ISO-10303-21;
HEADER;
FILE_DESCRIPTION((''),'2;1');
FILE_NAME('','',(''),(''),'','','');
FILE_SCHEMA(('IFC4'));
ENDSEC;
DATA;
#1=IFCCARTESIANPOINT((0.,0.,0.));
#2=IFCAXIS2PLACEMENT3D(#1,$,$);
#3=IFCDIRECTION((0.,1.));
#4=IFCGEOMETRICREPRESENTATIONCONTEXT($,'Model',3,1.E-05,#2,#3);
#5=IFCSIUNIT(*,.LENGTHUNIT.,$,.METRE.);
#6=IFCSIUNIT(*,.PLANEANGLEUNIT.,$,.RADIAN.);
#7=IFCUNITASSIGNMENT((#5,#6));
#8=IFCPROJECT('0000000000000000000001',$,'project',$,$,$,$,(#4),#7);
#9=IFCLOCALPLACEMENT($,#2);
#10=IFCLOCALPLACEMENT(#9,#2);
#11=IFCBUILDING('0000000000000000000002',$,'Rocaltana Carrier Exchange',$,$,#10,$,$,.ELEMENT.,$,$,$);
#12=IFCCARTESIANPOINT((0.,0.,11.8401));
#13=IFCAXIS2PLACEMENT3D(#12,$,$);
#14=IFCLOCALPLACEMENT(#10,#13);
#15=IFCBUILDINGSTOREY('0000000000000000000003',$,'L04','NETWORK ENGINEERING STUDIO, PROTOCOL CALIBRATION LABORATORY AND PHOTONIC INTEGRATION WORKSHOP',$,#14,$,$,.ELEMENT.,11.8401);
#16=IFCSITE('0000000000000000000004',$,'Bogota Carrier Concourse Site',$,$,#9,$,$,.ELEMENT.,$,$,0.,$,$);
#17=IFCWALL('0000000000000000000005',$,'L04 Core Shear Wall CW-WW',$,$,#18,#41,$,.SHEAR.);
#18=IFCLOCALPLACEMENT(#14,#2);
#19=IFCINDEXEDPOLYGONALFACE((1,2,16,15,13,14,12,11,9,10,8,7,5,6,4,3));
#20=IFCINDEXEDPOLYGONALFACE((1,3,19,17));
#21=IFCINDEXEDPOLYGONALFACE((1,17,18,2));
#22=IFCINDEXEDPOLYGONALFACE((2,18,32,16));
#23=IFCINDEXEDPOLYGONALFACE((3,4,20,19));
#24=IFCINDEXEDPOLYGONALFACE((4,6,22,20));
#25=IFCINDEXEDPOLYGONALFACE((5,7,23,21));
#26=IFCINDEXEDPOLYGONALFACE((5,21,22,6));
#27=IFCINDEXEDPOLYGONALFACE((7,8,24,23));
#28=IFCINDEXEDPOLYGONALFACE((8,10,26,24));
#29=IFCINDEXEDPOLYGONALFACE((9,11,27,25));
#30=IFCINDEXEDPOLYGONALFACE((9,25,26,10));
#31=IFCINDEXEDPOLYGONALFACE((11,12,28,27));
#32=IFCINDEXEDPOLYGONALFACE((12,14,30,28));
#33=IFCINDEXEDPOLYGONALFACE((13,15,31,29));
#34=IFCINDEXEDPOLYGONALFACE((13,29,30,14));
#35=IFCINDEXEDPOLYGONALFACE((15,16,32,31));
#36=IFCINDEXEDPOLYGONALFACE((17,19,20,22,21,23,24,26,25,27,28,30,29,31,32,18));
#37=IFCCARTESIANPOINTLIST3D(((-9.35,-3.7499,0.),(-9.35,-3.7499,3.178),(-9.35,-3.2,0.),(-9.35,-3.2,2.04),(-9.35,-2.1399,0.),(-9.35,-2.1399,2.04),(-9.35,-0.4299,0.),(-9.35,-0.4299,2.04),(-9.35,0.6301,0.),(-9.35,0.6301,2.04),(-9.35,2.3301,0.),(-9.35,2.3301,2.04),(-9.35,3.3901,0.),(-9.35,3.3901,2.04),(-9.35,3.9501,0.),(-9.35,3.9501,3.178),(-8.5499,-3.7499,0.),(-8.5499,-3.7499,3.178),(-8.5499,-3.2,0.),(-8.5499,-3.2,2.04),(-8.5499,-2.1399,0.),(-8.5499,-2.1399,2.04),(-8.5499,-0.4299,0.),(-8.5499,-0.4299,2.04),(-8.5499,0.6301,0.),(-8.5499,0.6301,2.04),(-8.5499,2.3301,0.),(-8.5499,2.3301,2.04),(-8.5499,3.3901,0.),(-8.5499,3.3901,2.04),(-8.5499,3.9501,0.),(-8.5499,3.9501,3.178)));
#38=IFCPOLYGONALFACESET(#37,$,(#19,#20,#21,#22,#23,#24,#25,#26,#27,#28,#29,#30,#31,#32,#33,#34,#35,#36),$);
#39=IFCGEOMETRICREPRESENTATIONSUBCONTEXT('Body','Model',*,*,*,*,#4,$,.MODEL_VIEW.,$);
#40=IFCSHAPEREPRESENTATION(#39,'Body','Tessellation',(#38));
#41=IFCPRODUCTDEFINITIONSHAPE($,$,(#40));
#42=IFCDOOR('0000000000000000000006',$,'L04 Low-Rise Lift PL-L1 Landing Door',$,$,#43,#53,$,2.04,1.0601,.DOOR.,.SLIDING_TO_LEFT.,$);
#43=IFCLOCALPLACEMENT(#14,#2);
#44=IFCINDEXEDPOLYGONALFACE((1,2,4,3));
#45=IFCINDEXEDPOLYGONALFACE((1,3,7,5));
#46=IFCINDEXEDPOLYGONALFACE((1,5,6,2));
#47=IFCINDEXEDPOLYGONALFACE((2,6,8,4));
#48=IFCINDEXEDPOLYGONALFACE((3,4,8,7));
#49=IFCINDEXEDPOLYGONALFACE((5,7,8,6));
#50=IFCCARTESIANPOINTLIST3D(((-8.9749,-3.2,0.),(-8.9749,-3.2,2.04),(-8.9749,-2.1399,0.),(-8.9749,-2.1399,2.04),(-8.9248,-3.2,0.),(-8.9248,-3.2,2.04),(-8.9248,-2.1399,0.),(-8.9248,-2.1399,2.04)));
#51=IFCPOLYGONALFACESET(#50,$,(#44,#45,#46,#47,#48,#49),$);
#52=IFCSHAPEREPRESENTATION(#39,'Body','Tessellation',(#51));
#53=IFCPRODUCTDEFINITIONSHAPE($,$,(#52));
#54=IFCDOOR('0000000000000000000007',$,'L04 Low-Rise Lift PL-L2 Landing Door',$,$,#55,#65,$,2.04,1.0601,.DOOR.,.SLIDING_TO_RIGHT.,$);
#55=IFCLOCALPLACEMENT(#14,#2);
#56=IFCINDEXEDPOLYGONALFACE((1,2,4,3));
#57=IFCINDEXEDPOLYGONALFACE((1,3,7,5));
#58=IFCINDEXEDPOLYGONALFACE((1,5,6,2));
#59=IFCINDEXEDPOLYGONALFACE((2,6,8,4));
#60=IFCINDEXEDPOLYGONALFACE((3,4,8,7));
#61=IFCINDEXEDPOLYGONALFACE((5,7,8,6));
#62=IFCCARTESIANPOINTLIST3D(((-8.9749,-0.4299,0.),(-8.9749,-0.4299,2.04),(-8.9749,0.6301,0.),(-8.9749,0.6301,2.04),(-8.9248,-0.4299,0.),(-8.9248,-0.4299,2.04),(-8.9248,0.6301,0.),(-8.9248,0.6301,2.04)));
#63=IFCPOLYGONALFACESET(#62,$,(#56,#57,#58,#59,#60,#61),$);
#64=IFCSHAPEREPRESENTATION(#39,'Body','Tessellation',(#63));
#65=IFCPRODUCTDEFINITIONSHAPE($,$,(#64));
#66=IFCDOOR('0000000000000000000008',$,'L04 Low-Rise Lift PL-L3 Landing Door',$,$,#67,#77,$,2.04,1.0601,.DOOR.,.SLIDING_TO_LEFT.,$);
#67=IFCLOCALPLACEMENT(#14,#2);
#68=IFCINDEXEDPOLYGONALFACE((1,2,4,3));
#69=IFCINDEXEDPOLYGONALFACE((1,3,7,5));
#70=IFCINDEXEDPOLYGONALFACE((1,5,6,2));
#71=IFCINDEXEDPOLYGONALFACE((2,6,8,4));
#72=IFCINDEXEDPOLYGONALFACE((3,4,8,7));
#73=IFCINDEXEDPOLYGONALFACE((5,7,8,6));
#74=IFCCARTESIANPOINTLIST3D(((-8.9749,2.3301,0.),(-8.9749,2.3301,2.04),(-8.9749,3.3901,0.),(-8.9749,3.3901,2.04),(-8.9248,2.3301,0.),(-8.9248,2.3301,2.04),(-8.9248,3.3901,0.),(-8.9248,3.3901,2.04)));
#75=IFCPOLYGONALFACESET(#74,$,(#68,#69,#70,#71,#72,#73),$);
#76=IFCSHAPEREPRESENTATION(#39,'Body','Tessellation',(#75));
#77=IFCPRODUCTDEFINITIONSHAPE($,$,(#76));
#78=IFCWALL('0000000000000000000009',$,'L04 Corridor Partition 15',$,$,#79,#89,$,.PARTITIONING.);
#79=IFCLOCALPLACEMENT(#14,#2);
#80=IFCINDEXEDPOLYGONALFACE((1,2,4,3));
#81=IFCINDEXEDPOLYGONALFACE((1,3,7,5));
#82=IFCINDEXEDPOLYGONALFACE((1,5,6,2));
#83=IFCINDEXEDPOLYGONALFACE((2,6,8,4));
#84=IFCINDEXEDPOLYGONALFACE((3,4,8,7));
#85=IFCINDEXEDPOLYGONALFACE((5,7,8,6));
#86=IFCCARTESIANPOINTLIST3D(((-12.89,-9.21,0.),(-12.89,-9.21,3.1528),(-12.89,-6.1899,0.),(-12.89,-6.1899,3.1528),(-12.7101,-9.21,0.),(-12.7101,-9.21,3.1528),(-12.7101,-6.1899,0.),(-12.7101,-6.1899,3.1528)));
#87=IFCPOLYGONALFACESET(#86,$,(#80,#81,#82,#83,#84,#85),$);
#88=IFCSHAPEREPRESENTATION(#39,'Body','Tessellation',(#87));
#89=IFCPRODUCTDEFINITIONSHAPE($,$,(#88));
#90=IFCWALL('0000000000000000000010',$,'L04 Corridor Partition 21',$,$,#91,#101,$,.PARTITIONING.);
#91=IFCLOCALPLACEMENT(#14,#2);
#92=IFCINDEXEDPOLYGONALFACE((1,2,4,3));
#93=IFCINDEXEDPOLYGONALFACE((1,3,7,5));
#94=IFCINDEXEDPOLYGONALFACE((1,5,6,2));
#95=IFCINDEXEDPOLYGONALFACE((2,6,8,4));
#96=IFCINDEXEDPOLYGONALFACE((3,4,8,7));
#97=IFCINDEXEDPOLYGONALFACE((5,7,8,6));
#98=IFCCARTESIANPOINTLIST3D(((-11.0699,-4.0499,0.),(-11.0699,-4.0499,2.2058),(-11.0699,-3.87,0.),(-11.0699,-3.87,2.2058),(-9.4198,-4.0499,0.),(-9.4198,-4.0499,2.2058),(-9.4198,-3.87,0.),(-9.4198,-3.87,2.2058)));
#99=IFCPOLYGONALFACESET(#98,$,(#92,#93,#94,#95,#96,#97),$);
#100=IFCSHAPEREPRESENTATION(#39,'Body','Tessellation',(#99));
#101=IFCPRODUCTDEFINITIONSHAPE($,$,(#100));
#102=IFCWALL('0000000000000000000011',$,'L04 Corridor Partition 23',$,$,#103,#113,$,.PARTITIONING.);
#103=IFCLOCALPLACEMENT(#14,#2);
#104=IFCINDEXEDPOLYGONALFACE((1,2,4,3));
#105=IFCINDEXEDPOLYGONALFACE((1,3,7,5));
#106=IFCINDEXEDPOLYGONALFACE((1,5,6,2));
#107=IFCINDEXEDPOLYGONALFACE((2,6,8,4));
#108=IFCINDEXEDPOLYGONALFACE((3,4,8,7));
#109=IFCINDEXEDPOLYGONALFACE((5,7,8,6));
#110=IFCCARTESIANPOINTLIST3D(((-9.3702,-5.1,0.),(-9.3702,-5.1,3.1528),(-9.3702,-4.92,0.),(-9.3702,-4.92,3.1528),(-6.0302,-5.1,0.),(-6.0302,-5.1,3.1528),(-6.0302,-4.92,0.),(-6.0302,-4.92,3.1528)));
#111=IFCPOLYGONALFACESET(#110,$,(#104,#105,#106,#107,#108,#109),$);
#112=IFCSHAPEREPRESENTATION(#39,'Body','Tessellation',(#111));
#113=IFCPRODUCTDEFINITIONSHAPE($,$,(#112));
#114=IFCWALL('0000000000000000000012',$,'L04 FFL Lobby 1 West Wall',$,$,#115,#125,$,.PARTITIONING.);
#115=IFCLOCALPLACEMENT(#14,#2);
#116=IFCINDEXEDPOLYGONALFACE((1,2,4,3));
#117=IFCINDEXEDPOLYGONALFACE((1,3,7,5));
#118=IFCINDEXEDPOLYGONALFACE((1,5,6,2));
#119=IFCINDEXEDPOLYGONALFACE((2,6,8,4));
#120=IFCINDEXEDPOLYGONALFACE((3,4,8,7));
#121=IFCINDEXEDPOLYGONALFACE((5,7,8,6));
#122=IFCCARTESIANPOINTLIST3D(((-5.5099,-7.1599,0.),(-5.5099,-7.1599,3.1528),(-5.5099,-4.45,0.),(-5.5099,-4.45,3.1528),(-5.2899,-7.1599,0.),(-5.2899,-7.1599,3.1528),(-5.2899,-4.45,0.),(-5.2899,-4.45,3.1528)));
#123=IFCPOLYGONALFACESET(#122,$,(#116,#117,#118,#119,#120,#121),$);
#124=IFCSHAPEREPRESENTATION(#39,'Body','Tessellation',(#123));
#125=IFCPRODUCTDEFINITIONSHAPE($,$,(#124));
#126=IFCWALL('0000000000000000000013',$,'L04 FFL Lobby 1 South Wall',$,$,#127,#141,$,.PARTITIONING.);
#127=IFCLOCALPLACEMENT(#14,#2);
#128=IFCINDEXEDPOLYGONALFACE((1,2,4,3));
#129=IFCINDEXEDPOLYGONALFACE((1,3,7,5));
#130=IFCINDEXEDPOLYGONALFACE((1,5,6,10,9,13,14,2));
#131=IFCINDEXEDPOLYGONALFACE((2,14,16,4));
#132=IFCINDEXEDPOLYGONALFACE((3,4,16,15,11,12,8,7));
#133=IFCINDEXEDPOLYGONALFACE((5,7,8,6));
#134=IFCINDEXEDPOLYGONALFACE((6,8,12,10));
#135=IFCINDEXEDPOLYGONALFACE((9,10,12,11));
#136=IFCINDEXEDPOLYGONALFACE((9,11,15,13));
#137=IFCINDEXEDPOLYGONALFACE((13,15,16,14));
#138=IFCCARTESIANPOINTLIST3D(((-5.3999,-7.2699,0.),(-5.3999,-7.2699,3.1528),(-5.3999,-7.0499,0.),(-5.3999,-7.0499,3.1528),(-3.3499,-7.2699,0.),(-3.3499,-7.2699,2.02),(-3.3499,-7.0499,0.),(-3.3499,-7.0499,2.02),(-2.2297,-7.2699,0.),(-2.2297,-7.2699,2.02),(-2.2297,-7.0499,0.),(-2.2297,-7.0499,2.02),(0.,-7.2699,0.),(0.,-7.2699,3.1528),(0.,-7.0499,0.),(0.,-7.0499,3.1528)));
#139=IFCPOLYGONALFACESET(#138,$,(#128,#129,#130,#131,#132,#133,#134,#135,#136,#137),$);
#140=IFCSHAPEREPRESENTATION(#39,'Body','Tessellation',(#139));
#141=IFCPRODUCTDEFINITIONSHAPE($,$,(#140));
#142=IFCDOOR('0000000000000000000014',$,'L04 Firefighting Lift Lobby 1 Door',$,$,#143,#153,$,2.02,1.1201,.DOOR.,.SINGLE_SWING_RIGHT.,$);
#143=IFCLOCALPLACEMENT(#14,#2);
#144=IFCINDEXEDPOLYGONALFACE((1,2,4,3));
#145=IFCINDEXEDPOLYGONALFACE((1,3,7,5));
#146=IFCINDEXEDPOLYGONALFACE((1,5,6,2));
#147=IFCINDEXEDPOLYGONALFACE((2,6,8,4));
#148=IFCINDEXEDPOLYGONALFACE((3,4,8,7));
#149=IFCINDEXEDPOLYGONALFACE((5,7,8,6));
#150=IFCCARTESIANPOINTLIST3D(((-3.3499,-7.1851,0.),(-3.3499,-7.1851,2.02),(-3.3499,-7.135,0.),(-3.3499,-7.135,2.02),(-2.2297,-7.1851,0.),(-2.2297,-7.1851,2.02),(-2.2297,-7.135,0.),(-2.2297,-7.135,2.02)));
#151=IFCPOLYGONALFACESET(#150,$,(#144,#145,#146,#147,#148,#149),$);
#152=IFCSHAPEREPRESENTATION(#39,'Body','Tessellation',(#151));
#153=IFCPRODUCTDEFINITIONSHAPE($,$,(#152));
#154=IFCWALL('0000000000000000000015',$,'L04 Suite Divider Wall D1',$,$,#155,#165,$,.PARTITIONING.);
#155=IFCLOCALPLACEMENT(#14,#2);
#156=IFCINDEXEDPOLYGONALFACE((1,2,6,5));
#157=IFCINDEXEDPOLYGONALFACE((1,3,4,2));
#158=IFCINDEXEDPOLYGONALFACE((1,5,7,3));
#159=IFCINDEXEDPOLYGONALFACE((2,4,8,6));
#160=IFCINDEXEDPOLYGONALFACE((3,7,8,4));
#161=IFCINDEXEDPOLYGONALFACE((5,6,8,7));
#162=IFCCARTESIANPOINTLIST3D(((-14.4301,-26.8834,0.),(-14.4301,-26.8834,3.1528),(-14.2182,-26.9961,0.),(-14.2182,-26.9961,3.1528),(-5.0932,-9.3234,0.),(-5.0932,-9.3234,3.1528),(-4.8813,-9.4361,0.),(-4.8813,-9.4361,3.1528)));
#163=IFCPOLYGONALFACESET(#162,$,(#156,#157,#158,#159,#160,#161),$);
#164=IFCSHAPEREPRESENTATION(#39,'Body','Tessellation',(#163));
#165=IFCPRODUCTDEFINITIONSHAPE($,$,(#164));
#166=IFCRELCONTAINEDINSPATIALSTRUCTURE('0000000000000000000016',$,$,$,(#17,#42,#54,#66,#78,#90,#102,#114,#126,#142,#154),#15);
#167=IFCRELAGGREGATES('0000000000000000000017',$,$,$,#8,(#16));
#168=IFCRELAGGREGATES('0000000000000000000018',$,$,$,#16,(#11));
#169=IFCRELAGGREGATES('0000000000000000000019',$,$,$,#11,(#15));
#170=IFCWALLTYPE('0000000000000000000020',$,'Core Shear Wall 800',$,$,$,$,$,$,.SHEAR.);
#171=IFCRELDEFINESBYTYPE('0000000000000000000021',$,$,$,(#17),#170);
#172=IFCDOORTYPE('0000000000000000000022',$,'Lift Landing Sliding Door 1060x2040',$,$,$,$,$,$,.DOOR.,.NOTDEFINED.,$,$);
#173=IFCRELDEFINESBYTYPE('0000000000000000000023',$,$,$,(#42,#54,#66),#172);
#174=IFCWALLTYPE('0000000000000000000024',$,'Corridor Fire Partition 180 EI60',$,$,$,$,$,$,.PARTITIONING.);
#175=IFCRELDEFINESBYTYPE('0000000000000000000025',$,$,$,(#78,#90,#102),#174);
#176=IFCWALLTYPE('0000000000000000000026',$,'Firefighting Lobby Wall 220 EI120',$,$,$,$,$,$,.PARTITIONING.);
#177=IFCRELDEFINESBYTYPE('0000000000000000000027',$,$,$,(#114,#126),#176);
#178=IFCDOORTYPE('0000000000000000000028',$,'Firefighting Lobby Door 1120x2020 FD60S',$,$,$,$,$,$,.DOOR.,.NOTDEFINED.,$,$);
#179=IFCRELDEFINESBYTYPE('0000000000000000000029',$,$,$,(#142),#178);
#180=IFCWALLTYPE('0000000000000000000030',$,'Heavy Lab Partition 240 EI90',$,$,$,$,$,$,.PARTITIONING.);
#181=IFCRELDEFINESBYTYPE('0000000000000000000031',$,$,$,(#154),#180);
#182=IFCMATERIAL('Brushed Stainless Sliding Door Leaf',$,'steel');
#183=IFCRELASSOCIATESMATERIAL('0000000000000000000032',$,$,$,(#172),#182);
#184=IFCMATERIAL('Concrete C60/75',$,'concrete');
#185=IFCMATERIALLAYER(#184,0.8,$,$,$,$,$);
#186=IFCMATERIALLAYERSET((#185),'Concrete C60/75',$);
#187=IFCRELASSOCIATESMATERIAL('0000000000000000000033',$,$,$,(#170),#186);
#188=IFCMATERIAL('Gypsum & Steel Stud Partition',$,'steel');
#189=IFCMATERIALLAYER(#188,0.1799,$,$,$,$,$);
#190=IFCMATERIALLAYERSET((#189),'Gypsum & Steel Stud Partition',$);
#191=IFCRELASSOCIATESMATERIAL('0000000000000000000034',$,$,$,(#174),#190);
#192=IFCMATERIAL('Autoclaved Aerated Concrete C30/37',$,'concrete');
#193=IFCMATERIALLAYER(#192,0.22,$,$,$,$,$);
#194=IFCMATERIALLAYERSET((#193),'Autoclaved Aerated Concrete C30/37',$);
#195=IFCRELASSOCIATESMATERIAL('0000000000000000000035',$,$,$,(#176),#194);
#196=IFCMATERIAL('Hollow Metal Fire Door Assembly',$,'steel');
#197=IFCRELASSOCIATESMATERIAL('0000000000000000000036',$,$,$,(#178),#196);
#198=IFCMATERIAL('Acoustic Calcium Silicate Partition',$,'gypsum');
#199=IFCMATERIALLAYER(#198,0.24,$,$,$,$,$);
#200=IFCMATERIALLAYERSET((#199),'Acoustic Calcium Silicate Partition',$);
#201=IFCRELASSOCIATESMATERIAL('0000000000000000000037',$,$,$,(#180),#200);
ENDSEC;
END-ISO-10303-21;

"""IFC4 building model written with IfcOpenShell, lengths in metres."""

from ifc_helpers import new_model, si_unit, direction, frame, frame_2d, origin, place, context, subcontext, project, spatial, rectangle, extrude, material, layer, layer_set, type_object, element, fill, save


model = new_model("IFC4")

# Units and contexts
model_context = context("Model", 3, precision=1e-05, world=origin(), true_north=direction((0.0, 1.0)))
body_context = subcontext(model_context, "Body", "Model", "MODEL_VIEW")
ifc_project = project(units=[si_unit("LENGTHUNIT", "METRE"), si_unit("PLANEANGLEUNIT", "RADIAN")], contexts=[model_context])

# Site, building, storey
site_placement = place(None, origin())
site = spatial("IfcSite", under=ifc_project, at=site_placement, Name="Bogota Carrier Concourse Site", CompositionType="ELEMENT", RefElevation=0.0)
building_placement = place(site_placement, origin())
building = spatial("IfcBuilding", under=site, at=building_placement, Name="Rocaltana Carrier Exchange", CompositionType="ELEMENT")
storey_placement = place(building_placement, frame((0.0, 0.0, 11.8401)))
storey = spatial("IfcBuildingStorey", under=building, at=storey_placement, Name="L04", Description="NETWORK ENGINEERING STUDIO, PROTOCOL CALIBRATION LABORATORY AND PHOTONIC INTEGRATION WORKSHOP", CompositionType="ELEMENT", Elevation=11.8401)

# Shared definitions
ifc_material_1 = material(Name="Brushed Stainless Sliding Door Leaf", Category="steel")
door_type_1 = type_object("IfcDoorType", Name="Lift Landing Sliding Door 1060x2040", OperationType="NOTDEFINED", PredefinedType="DOOR", material=ifc_material_1)

# Shared definitions
ifc_material_2 = material(Name="Concrete C60/75", Category="concrete")
ifc_layer_1 = layer(ifc_material_2, 0.8)
ifc_layer_set_1 = layer_set([ifc_layer_1], Name="Concrete C60/75")
wall_type_1 = type_object("IfcWallType", Name="Core Shear Wall 800", PredefinedType="SHEAR", material=ifc_layer_set_1)

# Wall, openings, doors
wall_1_placement = place(storey_placement, frame((-8.95, -3.75, 0.0), z_axis=(0.0, 0.0, 1.0), x_axis=(0.0, 1.0, 0.0)))
wall_1 = element("IfcWall", 1, at=wall_1_placement, inside=storey, type_object=wall_type_1, Name="L04 Core Shear Wall CW-WW", PredefinedType="SHEAR", context=body_context, shape_type="SweptSolid", body=[
    extrude(rectangle(XDim=7.7, YDim=0.8, at=frame_2d((3.8501, 0.0))), origin(), (0.0, 0.0, 1.0), 3.178),
])
opening_1_placement = place(wall_1_placement, frame((0.55, 0.0, 0.0)))
opening_1 = element("IfcOpeningElement", 2, at=opening_1_placement, cuts=wall_1, PredefinedType="OPENING", context=body_context, shape_type="SweptSolid", body=[
    extrude(rectangle(XDim=1.0601, YDim=2.04, at=frame_2d((0.53, 1.02))), frame((0.0, 0.4099, 0.0), z_axis=(0.0, -1.0, 0.0), x_axis=(1.0, 0.0, 0.0)), (0.0, 0.0, 1.0), 0.8201),
])
opening_2_placement = place(wall_1_placement, frame((3.3201, 0.0, 0.0)))
opening_2 = element("IfcOpeningElement", 3, at=opening_2_placement, cuts=wall_1, PredefinedType="OPENING", context=body_context, shape_type="SweptSolid", body=[
    extrude(rectangle(XDim=1.0601, YDim=2.04, at=frame_2d((0.53, 1.02))), frame((0.0, 0.4099, 0.0), z_axis=(0.0, -1.0, 0.0), x_axis=(1.0, 0.0, 0.0)), (0.0, 0.0, 1.0), 0.8201),
])
opening_3_placement = place(wall_1_placement, frame((6.0801, 0.0, 0.0)))
opening_3 = element("IfcOpeningElement", 4, at=opening_3_placement, cuts=wall_1, PredefinedType="OPENING", context=body_context, shape_type="SweptSolid", body=[
    extrude(rectangle(XDim=1.0601, YDim=2.04, at=frame_2d((0.53, 1.02))), frame((0.0, 0.4099, 0.0), z_axis=(0.0, -1.0, 0.0), x_axis=(1.0, 0.0, 0.0)), (0.0, 0.0, 1.0), 0.8201),
])
door_1_placement = place(opening_1_placement, origin())
door_1 = element("IfcDoor", 5, at=door_1_placement, inside=storey, type_object=door_type_1, Name="L04 Low-Rise Lift PL-L1 Landing Door", OperationType="SLIDING_TO_LEFT", OverallHeight=2.04, OverallWidth=1.0601, PredefinedType="DOOR", context=body_context, shape_type="SweptSolid", body=[
    extrude(rectangle(XDim=1.0601, YDim=2.04, at=frame_2d((0.53, 1.02))), frame((0.0, 0.0249, 0.0), z_axis=(0.0, -1.0, 0.0), x_axis=(1.0, 0.0, 0.0)), (0.0, 0.0, 1.0), 0.05),
])
fill(opening_1, door_1)
door_2_placement = place(opening_2_placement, origin())
door_2 = element("IfcDoor", 6, at=door_2_placement, inside=storey, type_object=door_type_1, Name="L04 Low-Rise Lift PL-L2 Landing Door", OperationType="SLIDING_TO_RIGHT", OverallHeight=2.04, OverallWidth=1.0601, PredefinedType="DOOR", context=body_context, shape_type="SweptSolid", body=[
    extrude(rectangle(XDim=1.0601, YDim=2.04, at=frame_2d((0.53, 1.02))), frame((0.0, 0.0249, 0.0), z_axis=(0.0, -1.0, 0.0), x_axis=(1.0, 0.0, 0.0)), (0.0, 0.0, 1.0), 0.05),
])
fill(opening_2, door_2)
door_3_placement = place(opening_3_placement, origin())
door_3 = element("IfcDoor", 7, at=door_3_placement, inside=storey, type_object=door_type_1, Name="L04 Low-Rise Lift PL-L3 Landing Door", OperationType="SLIDING_TO_LEFT", OverallHeight=2.04, OverallWidth=1.0601, PredefinedType="DOOR", context=body_context, shape_type="SweptSolid", body=[
    extrude(rectangle(XDim=1.0601, YDim=2.04, at=frame_2d((0.53, 1.02))), frame((0.0, 0.0249, 0.0), z_axis=(0.0, -1.0, 0.0), x_axis=(1.0, 0.0, 0.0)), (0.0, 0.0, 1.0), 0.05),
])
fill(opening_3, door_3)

# Walls
ifc_material_3 = material(Name="Gypsum & Steel Stud Partition", Category="steel")
ifc_layer_2 = layer(ifc_material_3, 0.1799)
ifc_layer_set_2 = layer_set([ifc_layer_2], Name="Gypsum & Steel Stud Partition")
wall_type_2 = type_object("IfcWallType", Name="Corridor Fire Partition 180 EI60", PredefinedType="PARTITIONING", material=ifc_layer_set_2)
wall_2_placement = place(storey_placement, frame((-12.8, -9.21, 0.0), z_axis=(0.0, 0.0, 1.0), x_axis=(0.0, 1.0, 0.0)))
element("IfcWall", 8, at=wall_2_placement, inside=storey, type_object=wall_type_2, Name="L04 Corridor Partition 15", PredefinedType="PARTITIONING", context=body_context, shape_type="SweptSolid", body=[
    extrude(rectangle(XDim=3.02, YDim=0.1799, at=frame_2d((1.51, 0.0))), origin(), (0.0, 0.0, 1.0), 3.1528),
])
wall_3_placement = place(storey_placement, frame((-11.0701, -3.96, 0.0), z_axis=(0.0, 0.0, 1.0), x_axis=(1.0, 0.0, 0.0)))
element("IfcWall", 9, at=wall_3_placement, inside=storey, type_object=wall_type_2, Name="L04 Corridor Partition 21", PredefinedType="PARTITIONING", context=body_context, shape_type="SweptSolid", body=[
    extrude(rectangle(XDim=1.6501, YDim=0.1799, at=frame_2d((0.8252, 0.0))), origin(), (0.0, 0.0, 1.0), 2.2058),
])
wall_4_placement = place(storey_placement, frame((-9.3701, -5.01, 0.0), z_axis=(0.0, 0.0, 1.0), x_axis=(1.0, 0.0, 0.0)))
element("IfcWall", 10, at=wall_4_placement, inside=storey, type_object=wall_type_2, Name="L04 Corridor Partition 23", PredefinedType="PARTITIONING", context=body_context, shape_type="SweptSolid", body=[
    extrude(rectangle(XDim=3.3401, YDim=0.1799, at=frame_2d((1.6699, 0.0))), origin(), (0.0, 0.0, 1.0), 3.1528),
])
ifc_material_4 = material(Name="Autoclaved Aerated Concrete C30/37", Category="concrete")
ifc_layer_3 = layer(ifc_material_4, 0.22)
ifc_layer_set_3 = layer_set([ifc_layer_3], Name="Autoclaved Aerated Concrete C30/37")
wall_type_3 = type_object("IfcWallType", Name="Firefighting Lobby Wall 220 EI120", PredefinedType="PARTITIONING", material=ifc_layer_set_3)
wall_5_placement = place(storey_placement, frame((-5.3999, -7.1599, 0.0), z_axis=(0.0, 0.0, 1.0), x_axis=(0.0, 1.0, 0.0)))
element("IfcWall", 11, at=wall_5_placement, inside=storey, type_object=wall_type_3, Name="L04 FFL Lobby 1 West Wall", PredefinedType="PARTITIONING", context=body_context, shape_type="SweptSolid", body=[
    extrude(rectangle(XDim=2.71, YDim=0.22, at=frame_2d((1.355, 0.0))), origin(), (0.0, 0.0, 1.0), 3.1528),
])

# Wall, opening, door
wall_6_placement = place(storey_placement, frame((-5.3999, -7.1599, 0.0), z_axis=(0.0, 0.0, 1.0), x_axis=(1.0, 0.0, 0.0)))
wall_6 = element("IfcWall", 12, at=wall_6_placement, inside=storey, type_object=wall_type_3, Name="L04 FFL Lobby 1 South Wall", PredefinedType="PARTITIONING", context=body_context, shape_type="SweptSolid", body=[
    extrude(rectangle(XDim=5.3999, YDim=0.22, at=frame_2d((2.7, 0.0))), origin(), (0.0, 0.0, 1.0), 3.1528),
])
opening_4_placement = place(wall_6_placement, frame((2.05, 0.0, 0.0)))
opening_4 = element("IfcOpeningElement", 13, at=opening_4_placement, cuts=wall_6, PredefinedType="OPENING", context=body_context, shape_type="SweptSolid", body=[
    extrude(rectangle(XDim=1.1201, YDim=2.02, at=frame_2d((0.5601, 1.01))), frame((0.0, 0.1199, 0.0), z_axis=(0.0, -1.0, 0.0), x_axis=(1.0, 0.0, 0.0)), (0.0, 0.0, 1.0), 0.24),
])
ifc_material_5 = material(Name="Hollow Metal Fire Door Assembly", Category="steel")
door_type_2 = type_object("IfcDoorType", Name="Firefighting Lobby Door 1120x2020 FD60S", OperationType="NOTDEFINED", PredefinedType="DOOR", material=ifc_material_5)
door_4_placement = place(opening_4_placement, origin())
door_4 = element("IfcDoor", 14, at=door_4_placement, inside=storey, type_object=door_type_2, Name="L04 Firefighting Lift Lobby 1 Door", OperationType="SINGLE_SWING_RIGHT", OverallHeight=2.02, OverallWidth=1.1201, PredefinedType="DOOR", context=body_context, shape_type="SweptSolid", body=[
    extrude(rectangle(XDim=1.1201, YDim=2.02, at=frame_2d((0.5601, 1.01))), frame((0.0, 0.0249, 0.0), z_axis=(0.0, -1.0, 0.0), x_axis=(1.0, 0.0, 0.0)), (0.0, 0.0, 1.0), 0.05),
])
fill(opening_4, door_4)

# Wall
ifc_material_6 = material(Name="Acoustic Calcium Silicate Partition", Category="gypsum")
ifc_layer_4 = layer(ifc_material_6, 0.24)
ifc_layer_set_4 = layer_set([ifc_layer_4], Name="Acoustic Calcium Silicate Partition")
wall_type_4 = type_object("IfcWallType", Name="Heavy Lab Partition 240 EI90", PredefinedType="PARTITIONING", material=ifc_layer_set_4)
wall_7_placement = place(storey_placement, frame((-4.9873, -9.3799, 0.0), z_axis=(0.0, 0.0, 1.0), x_axis=(-0.469474, -0.882946, 0.0)))
element("IfcWall", 15, at=wall_7_placement, inside=storey, type_object=wall_type_4, Name="L04 Suite Divider Wall D1", PredefinedType="PARTITIONING", context=body_context, shape_type="SweptSolid", body=[
    extrude(rectangle(XDim=19.8879, YDim=0.24, at=frame_2d((9.9438, 0.0))), origin(), (0.0, 0.0, 1.0), 3.1528),
])

save(model, "model.ifc")
